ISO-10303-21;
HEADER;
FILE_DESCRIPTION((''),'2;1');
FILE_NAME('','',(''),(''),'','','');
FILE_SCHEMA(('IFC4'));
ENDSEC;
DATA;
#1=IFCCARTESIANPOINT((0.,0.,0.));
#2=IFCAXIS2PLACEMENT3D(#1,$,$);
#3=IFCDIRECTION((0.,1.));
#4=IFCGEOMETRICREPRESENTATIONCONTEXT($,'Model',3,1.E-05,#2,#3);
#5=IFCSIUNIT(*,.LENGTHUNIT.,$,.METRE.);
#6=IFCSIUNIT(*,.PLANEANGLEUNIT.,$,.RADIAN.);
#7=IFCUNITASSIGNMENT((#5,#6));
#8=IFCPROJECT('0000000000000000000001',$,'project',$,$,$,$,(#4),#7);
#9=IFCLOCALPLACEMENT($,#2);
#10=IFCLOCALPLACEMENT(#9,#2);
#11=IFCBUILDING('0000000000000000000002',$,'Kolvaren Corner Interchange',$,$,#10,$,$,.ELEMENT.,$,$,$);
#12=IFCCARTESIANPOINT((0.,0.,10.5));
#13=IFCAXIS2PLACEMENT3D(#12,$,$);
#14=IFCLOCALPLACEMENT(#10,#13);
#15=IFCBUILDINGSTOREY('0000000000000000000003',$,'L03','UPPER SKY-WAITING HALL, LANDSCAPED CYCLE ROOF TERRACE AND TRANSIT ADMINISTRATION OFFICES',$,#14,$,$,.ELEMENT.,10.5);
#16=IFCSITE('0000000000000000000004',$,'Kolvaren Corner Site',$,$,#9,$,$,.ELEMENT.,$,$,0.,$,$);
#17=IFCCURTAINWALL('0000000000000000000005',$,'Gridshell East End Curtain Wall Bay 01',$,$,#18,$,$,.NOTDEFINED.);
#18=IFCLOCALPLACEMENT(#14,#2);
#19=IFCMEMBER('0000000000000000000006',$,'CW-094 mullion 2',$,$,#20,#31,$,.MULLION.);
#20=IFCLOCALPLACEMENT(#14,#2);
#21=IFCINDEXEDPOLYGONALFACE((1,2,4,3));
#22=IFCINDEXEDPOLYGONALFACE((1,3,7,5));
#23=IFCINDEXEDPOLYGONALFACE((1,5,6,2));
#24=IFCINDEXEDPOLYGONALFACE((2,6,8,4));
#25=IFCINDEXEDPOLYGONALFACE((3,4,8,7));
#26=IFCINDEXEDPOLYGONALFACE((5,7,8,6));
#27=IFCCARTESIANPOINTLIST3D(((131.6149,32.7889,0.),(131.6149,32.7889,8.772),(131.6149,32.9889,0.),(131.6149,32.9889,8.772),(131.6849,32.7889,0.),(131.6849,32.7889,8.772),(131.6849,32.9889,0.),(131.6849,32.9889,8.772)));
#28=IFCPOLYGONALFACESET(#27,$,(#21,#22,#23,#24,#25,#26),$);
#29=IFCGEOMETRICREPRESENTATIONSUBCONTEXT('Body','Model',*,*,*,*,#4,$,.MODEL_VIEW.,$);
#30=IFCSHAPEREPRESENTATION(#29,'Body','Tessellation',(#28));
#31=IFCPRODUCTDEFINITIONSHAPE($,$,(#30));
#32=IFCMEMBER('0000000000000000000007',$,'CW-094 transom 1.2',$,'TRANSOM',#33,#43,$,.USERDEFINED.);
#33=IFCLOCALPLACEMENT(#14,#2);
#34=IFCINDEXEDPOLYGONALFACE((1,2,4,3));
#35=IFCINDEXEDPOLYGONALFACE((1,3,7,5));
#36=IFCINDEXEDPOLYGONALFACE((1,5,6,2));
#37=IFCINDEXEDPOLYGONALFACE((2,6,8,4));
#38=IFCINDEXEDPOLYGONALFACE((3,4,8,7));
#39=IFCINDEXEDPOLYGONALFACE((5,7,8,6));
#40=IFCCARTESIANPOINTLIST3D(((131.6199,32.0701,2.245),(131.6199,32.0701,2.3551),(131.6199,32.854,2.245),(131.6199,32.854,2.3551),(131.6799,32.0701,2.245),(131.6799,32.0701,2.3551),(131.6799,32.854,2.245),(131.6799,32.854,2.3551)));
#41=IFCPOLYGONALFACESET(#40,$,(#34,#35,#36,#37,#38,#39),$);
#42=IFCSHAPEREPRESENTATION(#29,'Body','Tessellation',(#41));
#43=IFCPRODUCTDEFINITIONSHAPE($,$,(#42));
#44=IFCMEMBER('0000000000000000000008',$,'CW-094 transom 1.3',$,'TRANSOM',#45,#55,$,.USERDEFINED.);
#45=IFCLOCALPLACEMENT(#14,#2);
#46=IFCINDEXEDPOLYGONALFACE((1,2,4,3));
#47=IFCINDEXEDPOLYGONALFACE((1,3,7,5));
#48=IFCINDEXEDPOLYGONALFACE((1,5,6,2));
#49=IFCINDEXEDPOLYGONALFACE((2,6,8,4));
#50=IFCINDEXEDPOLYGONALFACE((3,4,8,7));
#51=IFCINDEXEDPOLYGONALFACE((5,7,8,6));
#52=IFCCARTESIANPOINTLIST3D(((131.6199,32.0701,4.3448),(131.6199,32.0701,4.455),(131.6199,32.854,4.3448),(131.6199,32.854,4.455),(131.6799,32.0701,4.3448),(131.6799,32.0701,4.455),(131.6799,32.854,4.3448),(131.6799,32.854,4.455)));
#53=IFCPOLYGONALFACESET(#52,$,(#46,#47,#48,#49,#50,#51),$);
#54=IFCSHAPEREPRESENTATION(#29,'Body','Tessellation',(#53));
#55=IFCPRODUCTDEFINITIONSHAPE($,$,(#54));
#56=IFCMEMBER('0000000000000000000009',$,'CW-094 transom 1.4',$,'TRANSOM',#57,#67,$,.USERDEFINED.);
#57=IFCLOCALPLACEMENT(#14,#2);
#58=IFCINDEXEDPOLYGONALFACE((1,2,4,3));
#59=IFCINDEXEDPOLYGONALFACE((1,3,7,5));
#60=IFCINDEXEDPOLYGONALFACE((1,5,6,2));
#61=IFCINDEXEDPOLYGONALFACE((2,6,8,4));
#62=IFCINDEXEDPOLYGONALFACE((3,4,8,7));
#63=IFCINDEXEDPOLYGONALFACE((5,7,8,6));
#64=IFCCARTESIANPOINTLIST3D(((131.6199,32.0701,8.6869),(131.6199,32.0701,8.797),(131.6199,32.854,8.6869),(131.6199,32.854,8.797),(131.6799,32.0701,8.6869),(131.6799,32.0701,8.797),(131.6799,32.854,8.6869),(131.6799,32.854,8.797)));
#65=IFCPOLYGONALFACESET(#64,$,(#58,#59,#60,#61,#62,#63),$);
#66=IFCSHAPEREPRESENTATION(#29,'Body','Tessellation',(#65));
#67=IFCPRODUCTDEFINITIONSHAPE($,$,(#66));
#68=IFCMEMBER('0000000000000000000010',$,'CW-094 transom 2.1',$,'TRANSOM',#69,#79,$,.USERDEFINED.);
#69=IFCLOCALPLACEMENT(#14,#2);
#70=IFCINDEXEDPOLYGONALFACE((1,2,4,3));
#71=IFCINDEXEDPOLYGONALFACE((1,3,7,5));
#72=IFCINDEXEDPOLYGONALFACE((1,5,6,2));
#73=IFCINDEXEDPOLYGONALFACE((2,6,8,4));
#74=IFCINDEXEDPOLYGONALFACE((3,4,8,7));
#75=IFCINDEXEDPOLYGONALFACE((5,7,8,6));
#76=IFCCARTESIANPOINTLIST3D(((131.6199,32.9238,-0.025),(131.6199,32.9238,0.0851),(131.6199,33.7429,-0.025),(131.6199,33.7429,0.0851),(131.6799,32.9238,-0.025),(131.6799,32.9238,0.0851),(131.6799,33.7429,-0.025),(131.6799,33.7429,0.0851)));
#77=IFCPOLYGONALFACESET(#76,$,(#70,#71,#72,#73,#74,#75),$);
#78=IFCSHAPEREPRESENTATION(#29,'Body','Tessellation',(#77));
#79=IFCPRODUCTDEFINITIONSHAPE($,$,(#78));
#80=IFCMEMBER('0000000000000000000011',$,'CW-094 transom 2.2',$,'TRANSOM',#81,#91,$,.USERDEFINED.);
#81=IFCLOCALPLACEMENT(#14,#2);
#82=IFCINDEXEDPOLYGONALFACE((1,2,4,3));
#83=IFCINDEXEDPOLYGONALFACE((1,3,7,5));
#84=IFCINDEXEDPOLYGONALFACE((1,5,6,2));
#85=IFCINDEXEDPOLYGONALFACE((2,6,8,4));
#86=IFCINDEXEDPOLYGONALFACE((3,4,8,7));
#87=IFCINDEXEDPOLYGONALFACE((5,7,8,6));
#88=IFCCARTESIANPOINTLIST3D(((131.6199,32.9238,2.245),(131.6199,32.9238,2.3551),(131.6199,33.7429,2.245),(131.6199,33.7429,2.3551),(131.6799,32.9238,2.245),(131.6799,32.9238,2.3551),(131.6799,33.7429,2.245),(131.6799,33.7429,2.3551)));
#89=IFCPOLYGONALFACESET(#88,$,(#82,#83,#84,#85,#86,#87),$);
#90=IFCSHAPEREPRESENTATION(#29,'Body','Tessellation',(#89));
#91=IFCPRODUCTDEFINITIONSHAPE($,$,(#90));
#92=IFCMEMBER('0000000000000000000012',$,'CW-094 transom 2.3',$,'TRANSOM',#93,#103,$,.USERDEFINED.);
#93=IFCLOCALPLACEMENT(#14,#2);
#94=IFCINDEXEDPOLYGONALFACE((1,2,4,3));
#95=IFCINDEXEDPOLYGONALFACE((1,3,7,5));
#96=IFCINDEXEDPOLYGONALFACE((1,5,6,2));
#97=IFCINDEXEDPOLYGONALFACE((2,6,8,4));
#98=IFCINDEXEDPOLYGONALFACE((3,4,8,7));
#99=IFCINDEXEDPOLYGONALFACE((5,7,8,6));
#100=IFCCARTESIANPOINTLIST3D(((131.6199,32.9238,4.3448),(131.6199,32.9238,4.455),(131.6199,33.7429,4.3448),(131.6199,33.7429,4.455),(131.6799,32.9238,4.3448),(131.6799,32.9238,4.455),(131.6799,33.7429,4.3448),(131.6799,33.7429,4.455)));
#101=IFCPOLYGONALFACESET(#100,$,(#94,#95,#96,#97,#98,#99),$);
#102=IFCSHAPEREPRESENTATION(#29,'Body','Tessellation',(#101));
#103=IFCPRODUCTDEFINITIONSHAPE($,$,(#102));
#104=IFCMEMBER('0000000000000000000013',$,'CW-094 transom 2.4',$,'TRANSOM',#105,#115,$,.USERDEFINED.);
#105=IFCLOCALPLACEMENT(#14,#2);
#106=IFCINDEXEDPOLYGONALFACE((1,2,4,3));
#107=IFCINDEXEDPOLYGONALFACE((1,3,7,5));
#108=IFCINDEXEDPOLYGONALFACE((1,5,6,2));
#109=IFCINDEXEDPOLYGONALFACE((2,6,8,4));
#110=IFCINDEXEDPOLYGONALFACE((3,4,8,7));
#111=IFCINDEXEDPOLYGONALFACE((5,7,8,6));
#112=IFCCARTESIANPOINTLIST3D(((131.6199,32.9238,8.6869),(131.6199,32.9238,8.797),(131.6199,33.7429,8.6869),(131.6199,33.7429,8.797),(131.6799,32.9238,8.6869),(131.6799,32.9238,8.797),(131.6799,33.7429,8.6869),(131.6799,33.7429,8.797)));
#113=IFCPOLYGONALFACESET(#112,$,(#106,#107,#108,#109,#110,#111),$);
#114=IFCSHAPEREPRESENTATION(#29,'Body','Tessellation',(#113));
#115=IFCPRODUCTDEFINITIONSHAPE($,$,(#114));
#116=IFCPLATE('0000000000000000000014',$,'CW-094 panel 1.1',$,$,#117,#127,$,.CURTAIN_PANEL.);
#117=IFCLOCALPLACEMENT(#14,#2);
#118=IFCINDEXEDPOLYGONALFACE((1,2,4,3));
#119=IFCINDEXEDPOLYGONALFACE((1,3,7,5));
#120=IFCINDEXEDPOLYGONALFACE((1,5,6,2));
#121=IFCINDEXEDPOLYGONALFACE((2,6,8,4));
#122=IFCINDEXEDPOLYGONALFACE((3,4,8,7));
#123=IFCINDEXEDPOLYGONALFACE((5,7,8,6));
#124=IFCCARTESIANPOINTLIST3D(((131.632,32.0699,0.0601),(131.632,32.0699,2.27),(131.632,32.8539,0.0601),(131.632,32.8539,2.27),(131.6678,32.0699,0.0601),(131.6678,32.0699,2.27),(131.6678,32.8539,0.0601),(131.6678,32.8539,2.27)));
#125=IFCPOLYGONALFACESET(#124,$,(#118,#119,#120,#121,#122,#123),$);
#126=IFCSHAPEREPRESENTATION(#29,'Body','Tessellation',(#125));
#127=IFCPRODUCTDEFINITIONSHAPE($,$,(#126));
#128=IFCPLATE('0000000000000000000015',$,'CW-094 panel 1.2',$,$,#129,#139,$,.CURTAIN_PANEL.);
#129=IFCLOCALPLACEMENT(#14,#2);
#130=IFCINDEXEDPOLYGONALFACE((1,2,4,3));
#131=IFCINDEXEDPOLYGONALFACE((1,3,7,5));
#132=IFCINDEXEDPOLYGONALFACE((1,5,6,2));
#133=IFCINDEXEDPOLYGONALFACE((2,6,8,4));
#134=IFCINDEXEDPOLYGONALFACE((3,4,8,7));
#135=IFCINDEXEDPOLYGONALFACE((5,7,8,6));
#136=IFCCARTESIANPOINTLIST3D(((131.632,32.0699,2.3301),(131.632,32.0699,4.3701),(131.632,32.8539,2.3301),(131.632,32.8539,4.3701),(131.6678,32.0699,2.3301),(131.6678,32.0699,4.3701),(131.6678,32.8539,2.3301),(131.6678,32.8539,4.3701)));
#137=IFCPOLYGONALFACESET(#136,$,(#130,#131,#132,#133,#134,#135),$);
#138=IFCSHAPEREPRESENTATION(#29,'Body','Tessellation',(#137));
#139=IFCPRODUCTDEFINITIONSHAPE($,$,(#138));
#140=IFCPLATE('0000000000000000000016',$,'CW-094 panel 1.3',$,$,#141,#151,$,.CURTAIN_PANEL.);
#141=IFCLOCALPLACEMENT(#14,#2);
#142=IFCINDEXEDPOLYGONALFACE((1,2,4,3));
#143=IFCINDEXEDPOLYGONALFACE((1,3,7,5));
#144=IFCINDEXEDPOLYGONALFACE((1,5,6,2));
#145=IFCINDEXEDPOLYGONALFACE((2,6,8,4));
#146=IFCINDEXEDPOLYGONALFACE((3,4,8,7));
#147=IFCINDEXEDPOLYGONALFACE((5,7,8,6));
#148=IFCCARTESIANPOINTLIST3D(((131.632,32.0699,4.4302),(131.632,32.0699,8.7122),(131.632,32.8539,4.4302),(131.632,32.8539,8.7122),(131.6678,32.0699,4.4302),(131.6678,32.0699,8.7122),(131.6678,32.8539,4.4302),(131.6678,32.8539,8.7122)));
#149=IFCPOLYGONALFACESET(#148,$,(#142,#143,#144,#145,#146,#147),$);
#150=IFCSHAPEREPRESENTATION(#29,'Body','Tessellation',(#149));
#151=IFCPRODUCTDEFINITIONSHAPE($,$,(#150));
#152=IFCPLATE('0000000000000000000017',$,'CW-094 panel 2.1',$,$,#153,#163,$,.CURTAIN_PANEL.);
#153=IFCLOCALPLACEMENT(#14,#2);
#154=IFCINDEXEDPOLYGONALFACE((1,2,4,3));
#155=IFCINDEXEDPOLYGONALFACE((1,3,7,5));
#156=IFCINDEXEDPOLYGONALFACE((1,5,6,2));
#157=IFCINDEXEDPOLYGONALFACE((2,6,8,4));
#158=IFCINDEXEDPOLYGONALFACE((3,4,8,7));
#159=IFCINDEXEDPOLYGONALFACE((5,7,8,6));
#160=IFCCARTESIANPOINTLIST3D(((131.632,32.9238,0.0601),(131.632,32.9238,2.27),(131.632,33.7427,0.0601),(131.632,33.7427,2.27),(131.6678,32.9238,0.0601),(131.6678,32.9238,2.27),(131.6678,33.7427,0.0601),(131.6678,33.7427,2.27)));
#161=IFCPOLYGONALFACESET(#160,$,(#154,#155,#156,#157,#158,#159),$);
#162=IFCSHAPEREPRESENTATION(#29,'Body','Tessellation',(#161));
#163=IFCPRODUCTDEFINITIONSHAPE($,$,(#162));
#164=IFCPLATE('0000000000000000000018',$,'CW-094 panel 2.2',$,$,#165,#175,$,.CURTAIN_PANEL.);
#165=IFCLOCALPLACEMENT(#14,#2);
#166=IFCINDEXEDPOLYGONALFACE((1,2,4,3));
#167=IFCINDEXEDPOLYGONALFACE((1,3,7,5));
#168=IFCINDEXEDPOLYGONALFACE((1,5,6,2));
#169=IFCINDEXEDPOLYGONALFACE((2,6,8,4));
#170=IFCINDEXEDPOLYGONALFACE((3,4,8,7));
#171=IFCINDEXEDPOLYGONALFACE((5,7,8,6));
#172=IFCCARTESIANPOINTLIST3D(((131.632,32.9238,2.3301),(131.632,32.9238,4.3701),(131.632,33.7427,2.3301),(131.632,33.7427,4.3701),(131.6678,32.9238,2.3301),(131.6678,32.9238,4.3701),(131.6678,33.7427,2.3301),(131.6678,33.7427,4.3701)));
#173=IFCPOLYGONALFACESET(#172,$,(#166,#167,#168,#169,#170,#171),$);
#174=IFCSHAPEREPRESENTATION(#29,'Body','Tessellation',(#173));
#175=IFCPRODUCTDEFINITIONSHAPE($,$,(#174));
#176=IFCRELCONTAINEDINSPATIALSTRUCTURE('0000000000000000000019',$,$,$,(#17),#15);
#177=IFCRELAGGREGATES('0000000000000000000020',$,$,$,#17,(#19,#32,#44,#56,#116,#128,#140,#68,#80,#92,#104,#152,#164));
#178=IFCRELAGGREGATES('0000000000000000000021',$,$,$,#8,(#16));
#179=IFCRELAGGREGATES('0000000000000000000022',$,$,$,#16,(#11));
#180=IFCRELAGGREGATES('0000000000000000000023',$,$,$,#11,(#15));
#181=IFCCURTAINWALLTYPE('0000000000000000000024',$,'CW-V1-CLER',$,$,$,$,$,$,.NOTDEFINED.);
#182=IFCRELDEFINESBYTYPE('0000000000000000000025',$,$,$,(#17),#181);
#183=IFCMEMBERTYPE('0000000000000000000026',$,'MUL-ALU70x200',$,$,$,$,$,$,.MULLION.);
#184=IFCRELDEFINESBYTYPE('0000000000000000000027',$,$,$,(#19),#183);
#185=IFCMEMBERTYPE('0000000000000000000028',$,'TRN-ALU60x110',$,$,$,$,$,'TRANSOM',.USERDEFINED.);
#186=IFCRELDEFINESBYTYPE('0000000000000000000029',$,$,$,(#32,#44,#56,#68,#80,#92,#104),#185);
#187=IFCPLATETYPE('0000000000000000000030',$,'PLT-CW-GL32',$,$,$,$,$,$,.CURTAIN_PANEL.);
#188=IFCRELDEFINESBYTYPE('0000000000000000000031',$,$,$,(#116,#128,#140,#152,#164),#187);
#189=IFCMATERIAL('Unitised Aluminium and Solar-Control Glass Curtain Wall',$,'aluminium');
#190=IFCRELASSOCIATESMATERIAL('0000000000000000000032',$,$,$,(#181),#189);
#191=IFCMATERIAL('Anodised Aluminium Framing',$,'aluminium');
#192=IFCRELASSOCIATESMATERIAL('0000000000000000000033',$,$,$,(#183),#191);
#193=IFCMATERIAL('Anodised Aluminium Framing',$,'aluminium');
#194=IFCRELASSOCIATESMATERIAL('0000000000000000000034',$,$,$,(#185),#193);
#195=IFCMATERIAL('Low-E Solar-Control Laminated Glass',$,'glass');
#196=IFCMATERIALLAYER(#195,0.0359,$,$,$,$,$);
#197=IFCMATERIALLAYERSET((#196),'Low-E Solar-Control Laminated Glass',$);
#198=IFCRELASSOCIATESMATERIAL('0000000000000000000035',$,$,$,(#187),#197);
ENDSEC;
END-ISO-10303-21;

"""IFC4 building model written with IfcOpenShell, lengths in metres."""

from ifc_helpers import new_model, si_unit, direction, frame, origin, origin_2d, place, context, subcontext, project, spatial, rectangle, extrude, material, layer, layer_set, material_profile, profile_set, type_object, element, aggregate, save


model = new_model("IFC4")

# Units and contexts
model_context = context("Model", 3, precision=1e-05, world=origin(), true_north=direction((0.0, 1.0)))
body_context = subcontext(model_context, "Body", "Model", "MODEL_VIEW")
ifc_project = project(units=[si_unit("LENGTHUNIT", "METRE"), si_unit("PLANEANGLEUNIT", "RADIAN")], contexts=[model_context])

# Site, building, storey
site_placement = place(None, origin())
site = spatial("IfcSite", under=ifc_project, at=site_placement, Name="Kolvaren Corner Site", CompositionType="ELEMENT", RefElevation=0.0)
building_placement = place(site_placement, origin())
building = spatial("IfcBuilding", under=site, at=building_placement, Name="Kolvaren Corner Interchange", CompositionType="ELEMENT")
storey_placement = place(building_placement, frame((0.0, 0.0, 10.5)))
storey = spatial("IfcBuildingStorey", under=building, at=storey_placement, Name="L03", Description="UPPER SKY-WAITING HALL, LANDSCAPED CYCLE ROOF TERRACE AND TRANSIT ADMINISTRATION OFFICES", CompositionType="ELEMENT", Elevation=10.5)

# Curtain wall, members, plates
ifc_material_1 = material(Name="Unitised Aluminium and Solar-Control Glass Curtain Wall", Category="aluminium")
curtain_wall_type = type_object("IfcCurtainWallType", Name="CW-V1-CLER", PredefinedType="NOTDEFINED", material=ifc_material_1)
curtain_wall_placement = place(storey_placement, origin())
curtain_wall = element("IfcCurtainWall", 1, at=curtain_wall_placement, inside=storey, type_object=curtain_wall_type, Name="Gridshell East End Curtain Wall Bay 01", PredefinedType="NOTDEFINED")
ifc_material_2 = material(Name="Anodised Aluminium Framing", Category="aluminium")
ifc_material_profile_1 = material_profile(ifc_material_2, rectangle(XDim=0.0701, YDim=0.2, at=origin_2d()), Name="ALU 70x200")
ifc_profile_set_1 = profile_set([ifc_material_profile_1], Name="Anodised Aluminium Framing")
member_type_1 = type_object("IfcMemberType", Name="MUL-ALU70x200", PredefinedType="MULLION", material=ifc_profile_set_1)
member_1_placement = place(storey_placement, frame((131.6499, 32.8889, 0.0), z_axis=(0.0, 0.0, 1.0), x_axis=(-1.0, 0.0, 0.0)))
member_1 = element("IfcMember", 2, at=member_1_placement, type_object=member_type_1, Name="CW-094 mullion 2", PredefinedType="MULLION", context=body_context, shape_type="SweptSolid", body=[
    extrude(rectangle(XDim=0.0701, YDim=0.2, at=origin_2d()), origin(), (0.0, 0.0, 1.0), 8.772),
])
ifc_material_3 = material(Name="Anodised Aluminium Framing", Category="aluminium")
ifc_material_profile_2 = material_profile(ifc_material_3, rectangle(XDim=0.0601, YDim=0.1101, at=origin_2d()), Name="ALU 60x110")
ifc_profile_set_2 = profile_set([ifc_material_profile_2], Name="Anodised Aluminium Framing")
member_type_2 = type_object("IfcMemberType", Name="TRN-ALU60x110", ElementType="TRANSOM", PredefinedType="USERDEFINED", material=ifc_profile_set_2)
member_2_placement = place(storey_placement, frame((131.6499, 32.0701, 2.3), z_axis=(0.0, 1.0, 0.0), x_axis=(-1.0, 0.0, 0.0)))
member_2 = element("IfcMember", 3, at=member_2_placement, type_object=member_type_2, Name="CW-094 transom 1.2", ObjectType="TRANSOM", PredefinedType="USERDEFINED", context=body_context, shape_type="SweptSolid", body=[
    extrude(rectangle(XDim=0.0601, YDim=0.1101, at=origin_2d()), origin(), (0.0, 0.0, 1.0), 0.7839),
])
member_3_placement = place(storey_placement, frame((131.6499, 32.0701, 4.3999), z_axis=(0.0, 1.0, 0.0), x_axis=(-1.0, 0.0, 0.0)))
member_3 = element("IfcMember", 4, at=member_3_placement, type_object=member_type_2, Name="CW-094 transom 1.3", ObjectType="TRANSOM", PredefinedType="USERDEFINED", context=body_context, shape_type="SweptSolid", body=[
    extrude(rectangle(XDim=0.0601, YDim=0.1101, at=origin_2d()), origin(), (0.0, 0.0, 1.0), 0.7839),
])
member_4_placement = place(storey_placement, frame((131.6499, 32.0701, 8.7419), z_axis=(0.0, 1.0, 0.0), x_axis=(-1.0, 0.0, 0.0)))
member_4 = element("IfcMember", 5, at=member_4_placement, type_object=member_type_2, Name="CW-094 transom 1.4", ObjectType="TRANSOM", PredefinedType="USERDEFINED", context=body_context, shape_type="SweptSolid", body=[
    extrude(rectangle(XDim=0.0601, YDim=0.1101, at=origin_2d()), origin(), (0.0, 0.0, 1.0), 0.7839),
])
member_5_placement = place(storey_placement, frame((131.6499, 32.9238, 0.03), z_axis=(0.0, 1.0, 0.0), x_axis=(-1.0, 0.0, 0.0)))
member_5 = element("IfcMember", 6, at=member_5_placement, type_object=member_type_2, Name="CW-094 transom 2.1", ObjectType="TRANSOM", PredefinedType="USERDEFINED", context=body_context, shape_type="SweptSolid", body=[
    extrude(rectangle(XDim=0.0601, YDim=0.1101, at=origin_2d()), origin(), (0.0, 0.0, 1.0), 0.8191),
])
member_6_placement = place(storey_placement, frame((131.6499, 32.9238, 2.3), z_axis=(0.0, 1.0, 0.0), x_axis=(-1.0, 0.0, 0.0)))
member_6 = element("IfcMember", 7, at=member_6_placement, type_object=member_type_2, Name="CW-094 transom 2.2", ObjectType="TRANSOM", PredefinedType="USERDEFINED", context=body_context, shape_type="SweptSolid", body=[
    extrude(rectangle(XDim=0.0601, YDim=0.1101, at=origin_2d()), origin(), (0.0, 0.0, 1.0), 0.8191),
])
member_7_placement = place(storey_placement, frame((131.6499, 32.9238, 4.3999), z_axis=(0.0, 1.0, 0.0), x_axis=(-1.0, 0.0, 0.0)))
member_7 = element("IfcMember", 8, at=member_7_placement, type_object=member_type_2, Name="CW-094 transom 2.3", ObjectType="TRANSOM", PredefinedType="USERDEFINED", context=body_context, shape_type="SweptSolid", body=[
    extrude(rectangle(XDim=0.0601, YDim=0.1101, at=origin_2d()), origin(), (0.0, 0.0, 1.0), 0.8191),
])
member_8_placement = place(storey_placement, frame((131.6499, 32.9238, 8.7419), z_axis=(0.0, 1.0, 0.0), x_axis=(-1.0, 0.0, 0.0)))
member_8 = element("IfcMember", 9, at=member_8_placement, type_object=member_type_2, Name="CW-094 transom 2.4", ObjectType="TRANSOM", PredefinedType="USERDEFINED", context=body_context, shape_type="SweptSolid", body=[
    extrude(rectangle(XDim=0.0601, YDim=0.1101, at=origin_2d()), origin(), (0.0, 0.0, 1.0), 0.8191),
])
ifc_material_4 = material(Name="Low-E Solar-Control Laminated Glass", Category="glass")
ifc_layer_1 = layer(ifc_material_4, 0.0359)
ifc_layer_set_1 = layer_set([ifc_layer_1], Name="Low-E Solar-Control Laminated Glass")
plate_type = type_object("IfcPlateType", Name="PLT-CW-GL32", PredefinedType="CURTAIN_PANEL", material=ifc_layer_set_1)
plate_1_placement = place(storey_placement, frame((131.6499, 32.4619, 0.0601), z_axis=(0.0, 0.0, 1.0), x_axis=(0.0, 1.0, 0.0)))
plate_1 = element("IfcPlate", 10, at=plate_1_placement, type_object=plate_type, Name="CW-094 panel 1.1", PredefinedType="CURTAIN_PANEL", context=body_context, shape_type="SweptSolid", body=[
    extrude(rectangle(XDim=0.7839, YDim=0.0359, at=origin_2d()), origin(), (0.0, 0.0, 1.0), 2.21),
])
plate_2_placement = place(storey_placement, frame((131.6499, 32.4619, 2.3301), z_axis=(0.0, 0.0, 1.0), x_axis=(0.0, 1.0, 0.0)))
plate_2 = element("IfcPlate", 11, at=plate_2_placement, type_object=plate_type, Name="CW-094 panel 1.2", PredefinedType="CURTAIN_PANEL", context=body_context, shape_type="SweptSolid", body=[
    extrude(rectangle(XDim=0.7839, YDim=0.0359, at=origin_2d()), origin(), (0.0, 0.0, 1.0), 2.04),
])
plate_3_placement = place(storey_placement, frame((131.6499, 32.4619, 4.4302), z_axis=(0.0, 0.0, 1.0), x_axis=(0.0, 1.0, 0.0)))
plate_3 = element("IfcPlate", 12, at=plate_3_placement, type_object=plate_type, Name="CW-094 panel 1.3", PredefinedType="CURTAIN_PANEL", context=body_context, shape_type="SweptSolid", body=[
    extrude(rectangle(XDim=0.7839, YDim=0.0359, at=origin_2d()), origin(), (0.0, 0.0, 1.0), 4.282),
])
plate_4_placement = place(storey_placement, frame((131.6499, 33.3333, 0.0601), z_axis=(0.0, 0.0, 1.0), x_axis=(0.0, 1.0, 0.0)))
plate_4 = element("IfcPlate", 13, at=plate_4_placement, type_object=plate_type, Name="CW-094 panel 2.1", PredefinedType="CURTAIN_PANEL", context=body_context, shape_type="SweptSolid", body=[
    extrude(rectangle(XDim=0.8188, YDim=0.0359, at=origin_2d()), origin(), (0.0, 0.0, 1.0), 2.21),
])
plate_5_placement = place(storey_placement, frame((131.6499, 33.3333, 2.3301), z_axis=(0.0, 0.0, 1.0), x_axis=(0.0, 1.0, 0.0)))
plate_5 = element("IfcPlate", 14, at=plate_5_placement, type_object=plate_type, Name="CW-094 panel 2.2", PredefinedType="CURTAIN_PANEL", context=body_context, shape_type="SweptSolid", body=[
    extrude(rectangle(XDim=0.8188, YDim=0.0359, at=origin_2d()), origin(), (0.0, 0.0, 1.0), 2.04),
])
aggregate(curtain_wall, [member_1, member_2, member_3, member_4, plate_1, plate_2, plate_3, member_5, member_6, member_7, member_8, plate_4, plate_5])

save(model, "model.ifc")
